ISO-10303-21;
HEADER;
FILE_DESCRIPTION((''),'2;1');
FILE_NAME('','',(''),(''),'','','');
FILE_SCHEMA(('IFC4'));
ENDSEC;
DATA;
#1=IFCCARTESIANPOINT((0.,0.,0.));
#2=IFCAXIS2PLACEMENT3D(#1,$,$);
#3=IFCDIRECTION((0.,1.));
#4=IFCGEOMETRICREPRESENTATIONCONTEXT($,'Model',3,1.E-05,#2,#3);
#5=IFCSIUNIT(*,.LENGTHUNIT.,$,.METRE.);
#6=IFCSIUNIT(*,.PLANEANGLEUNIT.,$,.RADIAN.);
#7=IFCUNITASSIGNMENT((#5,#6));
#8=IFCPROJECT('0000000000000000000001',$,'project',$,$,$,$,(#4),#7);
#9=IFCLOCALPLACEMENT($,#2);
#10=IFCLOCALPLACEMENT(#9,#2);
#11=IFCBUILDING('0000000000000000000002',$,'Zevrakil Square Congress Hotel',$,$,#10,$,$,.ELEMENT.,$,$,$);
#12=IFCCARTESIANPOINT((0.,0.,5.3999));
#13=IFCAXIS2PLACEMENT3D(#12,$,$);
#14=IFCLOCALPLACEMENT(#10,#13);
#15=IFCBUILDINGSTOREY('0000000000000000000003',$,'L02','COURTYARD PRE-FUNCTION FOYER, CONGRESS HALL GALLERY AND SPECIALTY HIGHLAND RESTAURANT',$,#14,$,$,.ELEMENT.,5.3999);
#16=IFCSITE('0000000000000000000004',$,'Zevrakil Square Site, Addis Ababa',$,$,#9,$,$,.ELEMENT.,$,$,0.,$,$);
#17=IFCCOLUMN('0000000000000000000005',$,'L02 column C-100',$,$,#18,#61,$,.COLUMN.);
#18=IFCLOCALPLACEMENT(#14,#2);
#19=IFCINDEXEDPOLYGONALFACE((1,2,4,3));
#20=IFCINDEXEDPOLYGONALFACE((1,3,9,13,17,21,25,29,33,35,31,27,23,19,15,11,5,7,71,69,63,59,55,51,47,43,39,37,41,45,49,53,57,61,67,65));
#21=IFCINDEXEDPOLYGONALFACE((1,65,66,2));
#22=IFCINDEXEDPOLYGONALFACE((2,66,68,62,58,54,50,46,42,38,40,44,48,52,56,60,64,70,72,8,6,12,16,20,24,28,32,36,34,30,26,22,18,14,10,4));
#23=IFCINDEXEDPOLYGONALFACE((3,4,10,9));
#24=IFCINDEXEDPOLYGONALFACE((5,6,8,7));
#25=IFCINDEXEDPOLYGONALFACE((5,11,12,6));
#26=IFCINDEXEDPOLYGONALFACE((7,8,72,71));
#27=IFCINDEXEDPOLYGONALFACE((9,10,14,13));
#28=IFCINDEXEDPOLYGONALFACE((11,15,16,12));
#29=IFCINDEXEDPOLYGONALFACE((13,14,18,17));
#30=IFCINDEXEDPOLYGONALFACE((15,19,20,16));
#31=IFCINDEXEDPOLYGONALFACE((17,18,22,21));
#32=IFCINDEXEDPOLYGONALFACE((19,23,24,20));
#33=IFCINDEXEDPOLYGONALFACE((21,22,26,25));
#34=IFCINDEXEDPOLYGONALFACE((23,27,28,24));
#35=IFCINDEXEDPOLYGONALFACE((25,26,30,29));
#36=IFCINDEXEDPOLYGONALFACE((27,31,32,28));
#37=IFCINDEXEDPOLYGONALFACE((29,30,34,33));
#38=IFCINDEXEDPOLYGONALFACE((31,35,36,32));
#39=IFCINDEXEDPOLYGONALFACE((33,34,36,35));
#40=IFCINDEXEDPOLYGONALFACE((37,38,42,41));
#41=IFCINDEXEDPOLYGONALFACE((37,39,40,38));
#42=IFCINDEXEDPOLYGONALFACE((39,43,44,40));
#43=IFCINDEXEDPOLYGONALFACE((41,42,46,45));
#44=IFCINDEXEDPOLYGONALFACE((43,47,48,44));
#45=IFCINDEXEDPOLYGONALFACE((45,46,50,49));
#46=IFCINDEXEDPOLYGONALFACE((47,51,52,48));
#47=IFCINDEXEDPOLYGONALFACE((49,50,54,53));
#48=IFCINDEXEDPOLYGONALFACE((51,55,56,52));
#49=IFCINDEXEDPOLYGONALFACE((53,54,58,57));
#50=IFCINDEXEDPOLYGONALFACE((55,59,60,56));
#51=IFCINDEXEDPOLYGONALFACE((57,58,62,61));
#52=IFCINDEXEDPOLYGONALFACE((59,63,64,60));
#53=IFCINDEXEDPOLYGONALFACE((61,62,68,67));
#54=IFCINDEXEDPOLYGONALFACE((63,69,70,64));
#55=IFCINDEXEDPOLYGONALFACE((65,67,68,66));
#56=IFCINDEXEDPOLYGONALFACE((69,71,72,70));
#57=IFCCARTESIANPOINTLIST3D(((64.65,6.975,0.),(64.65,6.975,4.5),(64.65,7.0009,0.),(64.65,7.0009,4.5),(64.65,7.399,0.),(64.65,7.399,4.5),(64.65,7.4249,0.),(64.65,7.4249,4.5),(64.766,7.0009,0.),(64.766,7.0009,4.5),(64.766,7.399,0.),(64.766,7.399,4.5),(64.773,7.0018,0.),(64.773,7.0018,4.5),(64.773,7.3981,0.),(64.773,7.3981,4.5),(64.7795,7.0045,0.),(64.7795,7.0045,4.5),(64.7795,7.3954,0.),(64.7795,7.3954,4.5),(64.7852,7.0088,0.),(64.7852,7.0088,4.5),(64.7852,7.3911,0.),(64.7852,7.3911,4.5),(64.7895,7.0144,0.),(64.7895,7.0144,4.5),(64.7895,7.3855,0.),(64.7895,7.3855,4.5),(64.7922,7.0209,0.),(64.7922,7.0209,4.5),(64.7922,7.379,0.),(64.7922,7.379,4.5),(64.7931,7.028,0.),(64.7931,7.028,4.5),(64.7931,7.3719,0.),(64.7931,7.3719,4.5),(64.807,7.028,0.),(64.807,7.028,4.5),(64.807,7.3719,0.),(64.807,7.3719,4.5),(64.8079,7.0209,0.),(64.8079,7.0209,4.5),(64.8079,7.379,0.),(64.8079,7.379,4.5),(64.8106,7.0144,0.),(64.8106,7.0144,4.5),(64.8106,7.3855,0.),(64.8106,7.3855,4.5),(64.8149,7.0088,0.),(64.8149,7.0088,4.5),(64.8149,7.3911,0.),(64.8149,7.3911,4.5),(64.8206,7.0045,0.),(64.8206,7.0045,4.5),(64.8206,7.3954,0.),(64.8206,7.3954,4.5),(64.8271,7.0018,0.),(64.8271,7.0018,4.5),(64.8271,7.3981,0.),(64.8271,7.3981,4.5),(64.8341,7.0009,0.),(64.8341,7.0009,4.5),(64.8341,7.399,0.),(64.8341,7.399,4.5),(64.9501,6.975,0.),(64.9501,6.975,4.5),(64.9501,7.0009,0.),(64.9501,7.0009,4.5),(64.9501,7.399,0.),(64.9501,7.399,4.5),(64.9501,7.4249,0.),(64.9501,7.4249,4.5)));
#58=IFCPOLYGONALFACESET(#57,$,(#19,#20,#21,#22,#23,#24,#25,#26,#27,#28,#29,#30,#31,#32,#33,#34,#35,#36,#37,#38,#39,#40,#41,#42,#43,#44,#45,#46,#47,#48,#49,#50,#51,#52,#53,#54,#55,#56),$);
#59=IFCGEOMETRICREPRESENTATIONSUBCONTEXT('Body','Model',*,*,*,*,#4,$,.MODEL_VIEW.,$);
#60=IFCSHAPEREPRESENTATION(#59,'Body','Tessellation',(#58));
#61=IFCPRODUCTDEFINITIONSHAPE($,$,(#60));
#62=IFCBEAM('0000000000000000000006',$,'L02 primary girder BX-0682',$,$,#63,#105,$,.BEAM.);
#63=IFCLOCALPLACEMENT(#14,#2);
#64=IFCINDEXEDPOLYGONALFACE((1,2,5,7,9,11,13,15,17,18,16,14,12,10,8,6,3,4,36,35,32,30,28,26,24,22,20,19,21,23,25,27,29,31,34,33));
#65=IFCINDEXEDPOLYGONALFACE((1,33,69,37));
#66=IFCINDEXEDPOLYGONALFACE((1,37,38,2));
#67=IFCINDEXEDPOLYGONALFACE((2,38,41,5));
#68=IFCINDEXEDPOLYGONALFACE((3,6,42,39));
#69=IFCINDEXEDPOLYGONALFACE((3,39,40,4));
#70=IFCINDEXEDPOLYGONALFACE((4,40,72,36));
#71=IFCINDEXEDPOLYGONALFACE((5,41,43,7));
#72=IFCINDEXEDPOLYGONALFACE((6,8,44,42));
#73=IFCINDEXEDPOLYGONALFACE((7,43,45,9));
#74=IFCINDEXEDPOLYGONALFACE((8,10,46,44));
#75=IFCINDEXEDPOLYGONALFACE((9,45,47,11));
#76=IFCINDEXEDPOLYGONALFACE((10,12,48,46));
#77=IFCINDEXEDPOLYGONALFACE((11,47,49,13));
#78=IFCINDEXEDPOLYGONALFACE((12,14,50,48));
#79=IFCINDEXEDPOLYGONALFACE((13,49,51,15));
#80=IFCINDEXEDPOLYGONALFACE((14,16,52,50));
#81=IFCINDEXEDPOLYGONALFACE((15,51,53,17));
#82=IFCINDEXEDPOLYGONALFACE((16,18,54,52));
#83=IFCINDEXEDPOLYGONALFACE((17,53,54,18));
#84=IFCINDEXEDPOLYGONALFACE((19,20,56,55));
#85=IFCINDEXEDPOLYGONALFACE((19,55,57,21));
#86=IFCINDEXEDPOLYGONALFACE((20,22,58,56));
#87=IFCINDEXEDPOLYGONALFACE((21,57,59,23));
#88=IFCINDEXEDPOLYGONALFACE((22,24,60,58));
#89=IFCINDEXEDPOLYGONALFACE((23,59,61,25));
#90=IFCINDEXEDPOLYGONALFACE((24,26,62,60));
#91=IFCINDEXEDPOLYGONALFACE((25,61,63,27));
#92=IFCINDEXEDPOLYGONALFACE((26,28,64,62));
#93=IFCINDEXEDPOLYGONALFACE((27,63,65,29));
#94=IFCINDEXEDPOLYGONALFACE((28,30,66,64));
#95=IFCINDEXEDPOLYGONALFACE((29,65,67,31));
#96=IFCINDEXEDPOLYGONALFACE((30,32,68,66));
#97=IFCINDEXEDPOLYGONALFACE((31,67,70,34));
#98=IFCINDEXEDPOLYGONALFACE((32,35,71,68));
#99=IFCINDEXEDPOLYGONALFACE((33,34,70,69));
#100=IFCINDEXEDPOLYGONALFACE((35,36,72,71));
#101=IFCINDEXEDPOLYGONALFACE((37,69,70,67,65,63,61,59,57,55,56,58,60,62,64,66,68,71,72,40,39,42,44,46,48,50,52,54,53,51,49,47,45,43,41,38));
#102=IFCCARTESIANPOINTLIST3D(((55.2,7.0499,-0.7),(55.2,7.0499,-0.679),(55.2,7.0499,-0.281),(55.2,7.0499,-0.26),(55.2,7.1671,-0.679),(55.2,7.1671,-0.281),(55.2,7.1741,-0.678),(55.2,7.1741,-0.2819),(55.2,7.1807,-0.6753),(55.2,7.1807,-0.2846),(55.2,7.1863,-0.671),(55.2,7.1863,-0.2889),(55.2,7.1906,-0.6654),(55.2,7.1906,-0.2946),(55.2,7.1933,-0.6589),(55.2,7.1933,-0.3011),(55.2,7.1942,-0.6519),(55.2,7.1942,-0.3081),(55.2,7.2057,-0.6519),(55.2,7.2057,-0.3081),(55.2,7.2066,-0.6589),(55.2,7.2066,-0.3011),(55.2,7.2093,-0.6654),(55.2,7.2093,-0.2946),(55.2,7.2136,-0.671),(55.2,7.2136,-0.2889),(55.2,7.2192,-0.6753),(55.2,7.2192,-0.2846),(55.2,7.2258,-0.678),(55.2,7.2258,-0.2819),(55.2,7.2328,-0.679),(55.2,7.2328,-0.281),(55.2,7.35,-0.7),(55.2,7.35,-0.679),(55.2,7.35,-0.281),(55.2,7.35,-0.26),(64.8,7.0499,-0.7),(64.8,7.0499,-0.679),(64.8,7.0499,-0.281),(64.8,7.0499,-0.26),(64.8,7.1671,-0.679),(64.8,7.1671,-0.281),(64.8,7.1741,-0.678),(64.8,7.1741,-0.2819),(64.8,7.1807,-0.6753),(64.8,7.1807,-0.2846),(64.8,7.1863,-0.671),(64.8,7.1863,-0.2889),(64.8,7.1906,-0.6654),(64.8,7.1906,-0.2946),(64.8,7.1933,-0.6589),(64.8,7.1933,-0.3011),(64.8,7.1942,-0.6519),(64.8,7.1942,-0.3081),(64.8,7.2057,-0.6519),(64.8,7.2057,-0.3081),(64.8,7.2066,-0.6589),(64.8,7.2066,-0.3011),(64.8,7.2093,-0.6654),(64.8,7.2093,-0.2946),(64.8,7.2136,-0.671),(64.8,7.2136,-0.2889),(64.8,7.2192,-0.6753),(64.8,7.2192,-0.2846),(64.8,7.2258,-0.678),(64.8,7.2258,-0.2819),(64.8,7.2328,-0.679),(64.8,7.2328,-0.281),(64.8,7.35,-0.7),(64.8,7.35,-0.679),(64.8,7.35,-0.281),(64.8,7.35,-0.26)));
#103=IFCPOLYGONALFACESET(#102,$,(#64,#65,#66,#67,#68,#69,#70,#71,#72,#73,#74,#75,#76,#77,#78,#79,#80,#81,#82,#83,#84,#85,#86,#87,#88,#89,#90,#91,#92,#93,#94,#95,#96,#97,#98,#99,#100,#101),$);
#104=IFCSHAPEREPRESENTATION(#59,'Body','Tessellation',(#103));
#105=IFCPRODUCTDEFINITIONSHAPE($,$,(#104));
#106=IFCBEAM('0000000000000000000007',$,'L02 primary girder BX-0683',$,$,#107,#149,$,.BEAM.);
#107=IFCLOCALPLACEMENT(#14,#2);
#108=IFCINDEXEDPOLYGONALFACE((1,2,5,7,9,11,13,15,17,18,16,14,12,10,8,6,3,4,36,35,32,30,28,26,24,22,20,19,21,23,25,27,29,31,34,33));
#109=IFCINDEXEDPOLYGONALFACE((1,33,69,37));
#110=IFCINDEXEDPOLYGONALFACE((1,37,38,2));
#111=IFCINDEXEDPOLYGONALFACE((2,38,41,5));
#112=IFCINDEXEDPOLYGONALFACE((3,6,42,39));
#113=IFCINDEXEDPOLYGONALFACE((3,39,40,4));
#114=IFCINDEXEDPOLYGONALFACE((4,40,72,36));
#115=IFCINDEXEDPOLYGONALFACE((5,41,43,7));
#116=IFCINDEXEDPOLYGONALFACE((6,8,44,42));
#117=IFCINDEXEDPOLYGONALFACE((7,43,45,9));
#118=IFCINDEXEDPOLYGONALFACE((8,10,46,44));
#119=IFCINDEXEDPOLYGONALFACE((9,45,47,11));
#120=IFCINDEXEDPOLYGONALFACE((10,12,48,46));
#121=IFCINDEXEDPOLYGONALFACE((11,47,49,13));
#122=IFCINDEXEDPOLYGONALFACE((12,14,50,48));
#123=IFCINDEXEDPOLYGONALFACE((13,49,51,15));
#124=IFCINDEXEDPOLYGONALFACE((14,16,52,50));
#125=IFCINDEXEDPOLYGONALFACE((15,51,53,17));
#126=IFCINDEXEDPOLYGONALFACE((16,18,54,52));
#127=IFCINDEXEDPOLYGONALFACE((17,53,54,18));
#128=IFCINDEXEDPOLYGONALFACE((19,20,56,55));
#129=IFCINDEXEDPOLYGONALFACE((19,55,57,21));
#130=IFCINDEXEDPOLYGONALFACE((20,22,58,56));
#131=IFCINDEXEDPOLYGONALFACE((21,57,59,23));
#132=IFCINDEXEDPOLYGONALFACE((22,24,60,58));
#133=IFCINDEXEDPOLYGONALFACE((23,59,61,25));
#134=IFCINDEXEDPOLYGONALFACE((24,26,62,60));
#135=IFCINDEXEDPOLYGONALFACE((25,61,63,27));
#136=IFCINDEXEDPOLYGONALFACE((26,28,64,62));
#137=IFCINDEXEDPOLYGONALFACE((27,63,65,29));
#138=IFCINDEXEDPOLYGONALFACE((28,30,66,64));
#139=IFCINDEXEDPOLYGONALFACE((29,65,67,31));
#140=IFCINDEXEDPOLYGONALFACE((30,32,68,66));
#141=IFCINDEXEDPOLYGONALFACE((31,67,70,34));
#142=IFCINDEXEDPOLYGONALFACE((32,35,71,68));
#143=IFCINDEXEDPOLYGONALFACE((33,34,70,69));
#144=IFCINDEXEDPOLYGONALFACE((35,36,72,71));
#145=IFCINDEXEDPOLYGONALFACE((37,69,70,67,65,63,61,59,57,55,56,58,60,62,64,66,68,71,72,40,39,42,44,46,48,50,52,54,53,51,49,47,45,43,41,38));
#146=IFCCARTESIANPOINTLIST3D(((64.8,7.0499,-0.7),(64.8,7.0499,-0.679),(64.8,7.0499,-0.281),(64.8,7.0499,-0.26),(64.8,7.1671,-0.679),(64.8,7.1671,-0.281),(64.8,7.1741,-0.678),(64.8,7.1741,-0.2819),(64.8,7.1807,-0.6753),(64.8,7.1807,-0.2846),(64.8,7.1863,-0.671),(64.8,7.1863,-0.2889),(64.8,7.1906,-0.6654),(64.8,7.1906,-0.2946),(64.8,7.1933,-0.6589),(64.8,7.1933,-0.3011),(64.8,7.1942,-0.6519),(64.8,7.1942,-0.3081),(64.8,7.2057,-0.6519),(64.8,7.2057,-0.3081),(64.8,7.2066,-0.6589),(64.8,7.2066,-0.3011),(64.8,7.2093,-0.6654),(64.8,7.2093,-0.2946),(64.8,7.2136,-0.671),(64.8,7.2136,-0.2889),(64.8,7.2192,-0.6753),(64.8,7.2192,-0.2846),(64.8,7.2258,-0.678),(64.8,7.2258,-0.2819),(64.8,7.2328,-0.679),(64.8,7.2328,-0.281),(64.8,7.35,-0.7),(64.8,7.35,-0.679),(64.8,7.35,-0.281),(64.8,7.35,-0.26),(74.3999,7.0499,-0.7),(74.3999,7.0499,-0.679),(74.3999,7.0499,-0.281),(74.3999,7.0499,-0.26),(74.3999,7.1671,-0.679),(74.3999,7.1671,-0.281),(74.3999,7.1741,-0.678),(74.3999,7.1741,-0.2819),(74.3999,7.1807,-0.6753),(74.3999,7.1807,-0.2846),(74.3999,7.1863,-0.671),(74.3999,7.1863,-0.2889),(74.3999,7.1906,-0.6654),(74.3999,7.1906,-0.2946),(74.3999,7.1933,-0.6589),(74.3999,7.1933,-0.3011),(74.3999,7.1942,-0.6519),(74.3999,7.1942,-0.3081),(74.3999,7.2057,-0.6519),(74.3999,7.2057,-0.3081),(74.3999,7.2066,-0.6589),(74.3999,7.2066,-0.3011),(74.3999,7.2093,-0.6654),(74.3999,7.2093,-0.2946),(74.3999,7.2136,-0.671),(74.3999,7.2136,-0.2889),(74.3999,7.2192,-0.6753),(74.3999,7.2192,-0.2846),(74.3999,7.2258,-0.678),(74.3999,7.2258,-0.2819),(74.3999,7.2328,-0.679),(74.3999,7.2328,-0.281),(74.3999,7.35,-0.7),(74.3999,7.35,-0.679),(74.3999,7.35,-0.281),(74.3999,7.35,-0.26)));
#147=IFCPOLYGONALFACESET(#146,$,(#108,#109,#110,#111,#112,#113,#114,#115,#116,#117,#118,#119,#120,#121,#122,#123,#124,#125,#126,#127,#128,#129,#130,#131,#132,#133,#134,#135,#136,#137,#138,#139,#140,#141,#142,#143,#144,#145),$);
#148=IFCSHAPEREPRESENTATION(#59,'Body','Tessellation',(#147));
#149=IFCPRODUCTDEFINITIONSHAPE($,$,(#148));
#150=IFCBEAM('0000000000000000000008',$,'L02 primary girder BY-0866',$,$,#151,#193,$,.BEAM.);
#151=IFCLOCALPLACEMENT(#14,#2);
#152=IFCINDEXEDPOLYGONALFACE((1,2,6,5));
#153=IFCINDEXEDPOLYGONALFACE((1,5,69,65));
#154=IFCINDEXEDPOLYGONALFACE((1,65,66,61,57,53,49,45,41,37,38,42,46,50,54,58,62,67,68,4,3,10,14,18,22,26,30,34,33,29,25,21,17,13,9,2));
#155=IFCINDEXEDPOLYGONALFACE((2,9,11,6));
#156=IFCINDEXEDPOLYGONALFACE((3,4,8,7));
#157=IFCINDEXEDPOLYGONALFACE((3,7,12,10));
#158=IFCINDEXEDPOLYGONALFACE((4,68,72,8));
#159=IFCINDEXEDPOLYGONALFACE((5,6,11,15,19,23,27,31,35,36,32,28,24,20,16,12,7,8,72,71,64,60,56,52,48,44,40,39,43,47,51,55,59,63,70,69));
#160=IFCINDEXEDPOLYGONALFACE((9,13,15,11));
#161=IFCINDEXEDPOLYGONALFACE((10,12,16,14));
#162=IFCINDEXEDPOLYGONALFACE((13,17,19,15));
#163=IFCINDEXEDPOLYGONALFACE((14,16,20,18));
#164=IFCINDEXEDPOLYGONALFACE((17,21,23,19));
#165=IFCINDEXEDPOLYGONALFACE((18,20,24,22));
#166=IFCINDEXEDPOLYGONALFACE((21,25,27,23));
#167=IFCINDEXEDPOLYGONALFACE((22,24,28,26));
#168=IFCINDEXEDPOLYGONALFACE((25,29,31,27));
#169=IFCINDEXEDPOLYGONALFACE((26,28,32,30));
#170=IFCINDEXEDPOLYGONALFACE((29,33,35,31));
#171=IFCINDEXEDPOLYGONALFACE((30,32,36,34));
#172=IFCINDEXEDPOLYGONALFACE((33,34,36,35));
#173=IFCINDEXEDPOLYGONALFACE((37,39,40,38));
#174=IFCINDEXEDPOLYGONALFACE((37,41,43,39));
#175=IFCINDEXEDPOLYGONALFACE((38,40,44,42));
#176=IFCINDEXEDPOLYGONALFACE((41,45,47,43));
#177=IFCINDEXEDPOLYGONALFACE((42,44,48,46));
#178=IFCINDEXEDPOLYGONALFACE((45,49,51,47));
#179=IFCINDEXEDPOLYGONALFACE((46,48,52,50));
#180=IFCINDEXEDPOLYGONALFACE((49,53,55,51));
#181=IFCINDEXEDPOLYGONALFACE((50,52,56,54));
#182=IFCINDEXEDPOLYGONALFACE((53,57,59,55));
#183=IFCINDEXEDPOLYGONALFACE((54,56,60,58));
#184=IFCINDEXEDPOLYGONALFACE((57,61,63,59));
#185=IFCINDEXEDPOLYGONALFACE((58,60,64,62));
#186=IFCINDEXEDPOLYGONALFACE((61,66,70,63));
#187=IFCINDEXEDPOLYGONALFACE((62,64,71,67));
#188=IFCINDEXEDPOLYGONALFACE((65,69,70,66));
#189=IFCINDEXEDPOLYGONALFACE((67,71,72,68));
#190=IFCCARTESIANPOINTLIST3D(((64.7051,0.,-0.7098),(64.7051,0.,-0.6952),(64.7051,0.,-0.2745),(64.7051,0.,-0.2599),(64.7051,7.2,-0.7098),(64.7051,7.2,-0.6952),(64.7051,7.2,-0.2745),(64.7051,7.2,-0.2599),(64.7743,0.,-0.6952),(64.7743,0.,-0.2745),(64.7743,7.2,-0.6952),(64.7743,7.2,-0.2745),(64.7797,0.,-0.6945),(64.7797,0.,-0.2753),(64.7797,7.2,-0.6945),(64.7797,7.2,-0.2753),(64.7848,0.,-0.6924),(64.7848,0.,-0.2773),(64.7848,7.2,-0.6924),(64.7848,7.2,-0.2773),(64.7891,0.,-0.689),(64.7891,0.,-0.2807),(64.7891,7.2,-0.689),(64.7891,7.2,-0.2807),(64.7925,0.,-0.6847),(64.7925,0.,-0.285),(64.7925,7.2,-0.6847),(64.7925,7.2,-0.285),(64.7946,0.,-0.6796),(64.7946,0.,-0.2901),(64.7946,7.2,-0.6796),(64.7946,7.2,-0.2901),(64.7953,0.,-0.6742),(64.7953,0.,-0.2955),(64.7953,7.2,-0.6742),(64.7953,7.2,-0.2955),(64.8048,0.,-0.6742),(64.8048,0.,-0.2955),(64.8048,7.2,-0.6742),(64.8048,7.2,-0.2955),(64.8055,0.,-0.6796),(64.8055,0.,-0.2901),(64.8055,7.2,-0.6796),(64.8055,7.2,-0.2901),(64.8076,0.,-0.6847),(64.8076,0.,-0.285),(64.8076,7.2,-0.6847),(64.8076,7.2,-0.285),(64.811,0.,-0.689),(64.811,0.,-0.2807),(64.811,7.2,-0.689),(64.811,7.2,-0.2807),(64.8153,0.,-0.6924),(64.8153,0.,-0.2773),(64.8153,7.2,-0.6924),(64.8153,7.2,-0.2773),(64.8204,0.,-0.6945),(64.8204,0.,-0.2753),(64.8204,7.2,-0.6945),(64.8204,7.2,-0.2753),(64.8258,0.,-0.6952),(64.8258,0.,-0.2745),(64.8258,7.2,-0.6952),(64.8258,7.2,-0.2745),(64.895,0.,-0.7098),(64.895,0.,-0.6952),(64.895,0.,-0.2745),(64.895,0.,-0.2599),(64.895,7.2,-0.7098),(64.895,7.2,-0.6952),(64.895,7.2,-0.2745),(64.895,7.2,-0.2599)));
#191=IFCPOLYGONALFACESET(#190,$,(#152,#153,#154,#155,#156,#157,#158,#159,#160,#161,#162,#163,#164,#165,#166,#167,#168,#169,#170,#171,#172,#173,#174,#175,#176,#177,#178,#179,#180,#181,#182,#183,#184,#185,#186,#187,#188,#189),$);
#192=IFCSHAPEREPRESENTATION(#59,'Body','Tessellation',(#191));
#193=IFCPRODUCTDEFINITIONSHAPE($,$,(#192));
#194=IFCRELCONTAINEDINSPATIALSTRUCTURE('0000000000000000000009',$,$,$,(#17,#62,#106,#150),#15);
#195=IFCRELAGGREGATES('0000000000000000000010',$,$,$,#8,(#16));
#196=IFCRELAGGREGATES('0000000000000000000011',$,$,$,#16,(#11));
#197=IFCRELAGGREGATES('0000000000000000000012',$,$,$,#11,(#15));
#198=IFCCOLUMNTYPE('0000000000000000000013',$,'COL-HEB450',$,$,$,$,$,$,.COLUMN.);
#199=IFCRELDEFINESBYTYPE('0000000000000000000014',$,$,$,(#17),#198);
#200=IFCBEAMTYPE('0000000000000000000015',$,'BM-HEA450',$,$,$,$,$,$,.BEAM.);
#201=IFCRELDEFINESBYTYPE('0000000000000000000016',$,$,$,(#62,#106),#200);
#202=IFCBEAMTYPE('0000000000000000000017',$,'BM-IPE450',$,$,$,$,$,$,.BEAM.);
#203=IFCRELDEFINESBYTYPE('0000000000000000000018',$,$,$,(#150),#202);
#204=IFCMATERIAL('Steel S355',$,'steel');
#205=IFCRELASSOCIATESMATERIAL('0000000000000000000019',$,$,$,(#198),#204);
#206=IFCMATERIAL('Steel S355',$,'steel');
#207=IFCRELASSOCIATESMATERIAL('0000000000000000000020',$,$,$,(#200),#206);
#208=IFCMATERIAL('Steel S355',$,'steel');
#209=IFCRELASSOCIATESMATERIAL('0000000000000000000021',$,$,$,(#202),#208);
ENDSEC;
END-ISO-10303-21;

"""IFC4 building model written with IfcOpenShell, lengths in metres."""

from ifc_helpers import new_model, si_unit, direction, frame, origin, origin_2d, place, context, subcontext, project, spatial, i_section, extrude, material, material_profile, profile_set, type_object, element, save


model = new_model("IFC4")

# Units and contexts
model_context = context("Model", 3, precision=1e-05, world=origin(), true_north=direction((0.0, 1.0)))
body_context = subcontext(model_context, "Body", "Model", "MODEL_VIEW")
ifc_project = project(units=[si_unit("LENGTHUNIT", "METRE"), si_unit("PLANEANGLEUNIT", "RADIAN")], contexts=[model_context])

# Site, building, storey
site_placement = place(None, origin())
site = spatial("IfcSite", under=ifc_project, at=site_placement, Name="Zevrakil Square Site, Addis Ababa", CompositionType="ELEMENT", RefElevation=0.0)
building_placement = place(site_placement, origin())
building = spatial("IfcBuilding", under=site, at=building_placement, Name="Zevrakil Square Congress Hotel", CompositionType="ELEMENT")
storey_placement = place(building_placement, frame((0.0, 0.0, 5.3999)))
storey = spatial("IfcBuildingStorey", under=building, at=storey_placement, Name="L02", Description="COURTYARD PRE-FUNCTION FOYER, CONGRESS HALL GALLERY AND SPECIALTY HIGHLAND RESTAURANT", CompositionType="ELEMENT", Elevation=5.3999)

# Column
ifc_material_1 = material(Name="Steel S355", Category="steel")
ifc_material_profile_1 = material_profile(ifc_material_1, i_section(OverallWidth=0.3, OverallDepth=0.45, WebThickness=0.0139, FlangeThickness=0.0259, FilletRadius=0.0271, at=origin_2d()), Name="HEB 450")
ifc_profile_set_1 = profile_set([ifc_material_profile_1], Name="Steel S355")
column_type = type_object("IfcColumnType", Name="COL-HEB450", PredefinedType="COLUMN", material=ifc_profile_set_1)
column_placement = place(storey_placement, frame((64.8, 7.2, 0.0), z_axis=(0.0, 0.0, 1.0), x_axis=(1.0, 0.0, 0.0)))
element("IfcColumn", 1, at=column_placement, inside=storey, type_object=column_type, Name="L02 column C-100", PredefinedType="COLUMN", context=body_context, shape_type="SweptSolid", body=[
    extrude(i_section(OverallWidth=0.3, OverallDepth=0.45, WebThickness=0.0139, FlangeThickness=0.0259, FilletRadius=0.0271, at=origin_2d()), origin(), (0.0, 0.0, 1.0), 4.5),
])

# Beams
ifc_material_2 = material(Name="Steel S355", Category="steel")
ifc_material_profile_2 = material_profile(ifc_material_2, i_section(OverallWidth=0.3, OverallDepth=0.4399, WebThickness=0.0115, FlangeThickness=0.021, FilletRadius=0.0271, at=origin_2d()), Name="HEA 450")
ifc_profile_set_2 = profile_set([ifc_material_profile_2], Name="Steel S355")
beam_type_1 = type_object("IfcBeamType", Name="BM-HEA450", PredefinedType="BEAM", material=ifc_profile_set_2)
beam_1_placement = place(storey_placement, frame((55.2, 7.2, -0.48), z_axis=(1.0, 0.0, 0.0), x_axis=(0.0, 1.0, 0.0)))
element("IfcBeam", 2, at=beam_1_placement, inside=storey, type_object=beam_type_1, Name="L02 primary girder BX-0682", PredefinedType="BEAM", context=body_context, shape_type="SweptSolid", body=[
    extrude(i_section(OverallWidth=0.3, OverallDepth=0.4399, WebThickness=0.0115, FlangeThickness=0.021, FilletRadius=0.0271, at=origin_2d()), origin(), (0.0, 0.0, 1.0), 9.6001),
])
beam_2_placement = place(storey_placement, frame((64.8, 7.2, -0.48), z_axis=(1.0, 0.0, 0.0), x_axis=(0.0, 1.0, 0.0)))
element("IfcBeam", 3, at=beam_2_placement, inside=storey, type_object=beam_type_1, Name="L02 primary girder BX-0683", PredefinedType="BEAM", context=body_context, shape_type="SweptSolid", body=[
    extrude(i_section(OverallWidth=0.3, OverallDepth=0.4399, WebThickness=0.0115, FlangeThickness=0.021, FilletRadius=0.0271, at=origin_2d()), origin(), (0.0, 0.0, 1.0), 9.5999),
])
ifc_material_3 = material(Name="Steel S355", Category="steel")
ifc_material_profile_3 = material_profile(ifc_material_3, i_section(OverallWidth=0.1899, OverallDepth=0.45, WebThickness=0.0095, FlangeThickness=0.0146, FilletRadius=0.021, at=origin_2d()), Name="IPE 450")
ifc_profile_set_3 = profile_set([ifc_material_profile_3], Name="Steel S355")
beam_type_2 = type_object("IfcBeamType", Name="BM-IPE450", PredefinedType="BEAM", material=ifc_profile_set_3)
beam_3_placement = place(storey_placement, frame((64.8, 0.0, -0.4849), z_axis=(0.0, 1.0, 0.0), x_axis=(-1.0, 0.0, 0.0)))
element("IfcBeam", 4, at=beam_3_placement, inside=storey, type_object=beam_type_2, Name="L02 primary girder BY-0866", PredefinedType="BEAM", context=body_context, shape_type="SweptSolid", body=[
    extrude(i_section(OverallWidth=0.1899, OverallDepth=0.45, WebThickness=0.0095, FlangeThickness=0.0146, FilletRadius=0.021, at=origin_2d()), origin(), (0.0, 0.0, 1.0), 7.2),
])

save(model, "model.ifc")
